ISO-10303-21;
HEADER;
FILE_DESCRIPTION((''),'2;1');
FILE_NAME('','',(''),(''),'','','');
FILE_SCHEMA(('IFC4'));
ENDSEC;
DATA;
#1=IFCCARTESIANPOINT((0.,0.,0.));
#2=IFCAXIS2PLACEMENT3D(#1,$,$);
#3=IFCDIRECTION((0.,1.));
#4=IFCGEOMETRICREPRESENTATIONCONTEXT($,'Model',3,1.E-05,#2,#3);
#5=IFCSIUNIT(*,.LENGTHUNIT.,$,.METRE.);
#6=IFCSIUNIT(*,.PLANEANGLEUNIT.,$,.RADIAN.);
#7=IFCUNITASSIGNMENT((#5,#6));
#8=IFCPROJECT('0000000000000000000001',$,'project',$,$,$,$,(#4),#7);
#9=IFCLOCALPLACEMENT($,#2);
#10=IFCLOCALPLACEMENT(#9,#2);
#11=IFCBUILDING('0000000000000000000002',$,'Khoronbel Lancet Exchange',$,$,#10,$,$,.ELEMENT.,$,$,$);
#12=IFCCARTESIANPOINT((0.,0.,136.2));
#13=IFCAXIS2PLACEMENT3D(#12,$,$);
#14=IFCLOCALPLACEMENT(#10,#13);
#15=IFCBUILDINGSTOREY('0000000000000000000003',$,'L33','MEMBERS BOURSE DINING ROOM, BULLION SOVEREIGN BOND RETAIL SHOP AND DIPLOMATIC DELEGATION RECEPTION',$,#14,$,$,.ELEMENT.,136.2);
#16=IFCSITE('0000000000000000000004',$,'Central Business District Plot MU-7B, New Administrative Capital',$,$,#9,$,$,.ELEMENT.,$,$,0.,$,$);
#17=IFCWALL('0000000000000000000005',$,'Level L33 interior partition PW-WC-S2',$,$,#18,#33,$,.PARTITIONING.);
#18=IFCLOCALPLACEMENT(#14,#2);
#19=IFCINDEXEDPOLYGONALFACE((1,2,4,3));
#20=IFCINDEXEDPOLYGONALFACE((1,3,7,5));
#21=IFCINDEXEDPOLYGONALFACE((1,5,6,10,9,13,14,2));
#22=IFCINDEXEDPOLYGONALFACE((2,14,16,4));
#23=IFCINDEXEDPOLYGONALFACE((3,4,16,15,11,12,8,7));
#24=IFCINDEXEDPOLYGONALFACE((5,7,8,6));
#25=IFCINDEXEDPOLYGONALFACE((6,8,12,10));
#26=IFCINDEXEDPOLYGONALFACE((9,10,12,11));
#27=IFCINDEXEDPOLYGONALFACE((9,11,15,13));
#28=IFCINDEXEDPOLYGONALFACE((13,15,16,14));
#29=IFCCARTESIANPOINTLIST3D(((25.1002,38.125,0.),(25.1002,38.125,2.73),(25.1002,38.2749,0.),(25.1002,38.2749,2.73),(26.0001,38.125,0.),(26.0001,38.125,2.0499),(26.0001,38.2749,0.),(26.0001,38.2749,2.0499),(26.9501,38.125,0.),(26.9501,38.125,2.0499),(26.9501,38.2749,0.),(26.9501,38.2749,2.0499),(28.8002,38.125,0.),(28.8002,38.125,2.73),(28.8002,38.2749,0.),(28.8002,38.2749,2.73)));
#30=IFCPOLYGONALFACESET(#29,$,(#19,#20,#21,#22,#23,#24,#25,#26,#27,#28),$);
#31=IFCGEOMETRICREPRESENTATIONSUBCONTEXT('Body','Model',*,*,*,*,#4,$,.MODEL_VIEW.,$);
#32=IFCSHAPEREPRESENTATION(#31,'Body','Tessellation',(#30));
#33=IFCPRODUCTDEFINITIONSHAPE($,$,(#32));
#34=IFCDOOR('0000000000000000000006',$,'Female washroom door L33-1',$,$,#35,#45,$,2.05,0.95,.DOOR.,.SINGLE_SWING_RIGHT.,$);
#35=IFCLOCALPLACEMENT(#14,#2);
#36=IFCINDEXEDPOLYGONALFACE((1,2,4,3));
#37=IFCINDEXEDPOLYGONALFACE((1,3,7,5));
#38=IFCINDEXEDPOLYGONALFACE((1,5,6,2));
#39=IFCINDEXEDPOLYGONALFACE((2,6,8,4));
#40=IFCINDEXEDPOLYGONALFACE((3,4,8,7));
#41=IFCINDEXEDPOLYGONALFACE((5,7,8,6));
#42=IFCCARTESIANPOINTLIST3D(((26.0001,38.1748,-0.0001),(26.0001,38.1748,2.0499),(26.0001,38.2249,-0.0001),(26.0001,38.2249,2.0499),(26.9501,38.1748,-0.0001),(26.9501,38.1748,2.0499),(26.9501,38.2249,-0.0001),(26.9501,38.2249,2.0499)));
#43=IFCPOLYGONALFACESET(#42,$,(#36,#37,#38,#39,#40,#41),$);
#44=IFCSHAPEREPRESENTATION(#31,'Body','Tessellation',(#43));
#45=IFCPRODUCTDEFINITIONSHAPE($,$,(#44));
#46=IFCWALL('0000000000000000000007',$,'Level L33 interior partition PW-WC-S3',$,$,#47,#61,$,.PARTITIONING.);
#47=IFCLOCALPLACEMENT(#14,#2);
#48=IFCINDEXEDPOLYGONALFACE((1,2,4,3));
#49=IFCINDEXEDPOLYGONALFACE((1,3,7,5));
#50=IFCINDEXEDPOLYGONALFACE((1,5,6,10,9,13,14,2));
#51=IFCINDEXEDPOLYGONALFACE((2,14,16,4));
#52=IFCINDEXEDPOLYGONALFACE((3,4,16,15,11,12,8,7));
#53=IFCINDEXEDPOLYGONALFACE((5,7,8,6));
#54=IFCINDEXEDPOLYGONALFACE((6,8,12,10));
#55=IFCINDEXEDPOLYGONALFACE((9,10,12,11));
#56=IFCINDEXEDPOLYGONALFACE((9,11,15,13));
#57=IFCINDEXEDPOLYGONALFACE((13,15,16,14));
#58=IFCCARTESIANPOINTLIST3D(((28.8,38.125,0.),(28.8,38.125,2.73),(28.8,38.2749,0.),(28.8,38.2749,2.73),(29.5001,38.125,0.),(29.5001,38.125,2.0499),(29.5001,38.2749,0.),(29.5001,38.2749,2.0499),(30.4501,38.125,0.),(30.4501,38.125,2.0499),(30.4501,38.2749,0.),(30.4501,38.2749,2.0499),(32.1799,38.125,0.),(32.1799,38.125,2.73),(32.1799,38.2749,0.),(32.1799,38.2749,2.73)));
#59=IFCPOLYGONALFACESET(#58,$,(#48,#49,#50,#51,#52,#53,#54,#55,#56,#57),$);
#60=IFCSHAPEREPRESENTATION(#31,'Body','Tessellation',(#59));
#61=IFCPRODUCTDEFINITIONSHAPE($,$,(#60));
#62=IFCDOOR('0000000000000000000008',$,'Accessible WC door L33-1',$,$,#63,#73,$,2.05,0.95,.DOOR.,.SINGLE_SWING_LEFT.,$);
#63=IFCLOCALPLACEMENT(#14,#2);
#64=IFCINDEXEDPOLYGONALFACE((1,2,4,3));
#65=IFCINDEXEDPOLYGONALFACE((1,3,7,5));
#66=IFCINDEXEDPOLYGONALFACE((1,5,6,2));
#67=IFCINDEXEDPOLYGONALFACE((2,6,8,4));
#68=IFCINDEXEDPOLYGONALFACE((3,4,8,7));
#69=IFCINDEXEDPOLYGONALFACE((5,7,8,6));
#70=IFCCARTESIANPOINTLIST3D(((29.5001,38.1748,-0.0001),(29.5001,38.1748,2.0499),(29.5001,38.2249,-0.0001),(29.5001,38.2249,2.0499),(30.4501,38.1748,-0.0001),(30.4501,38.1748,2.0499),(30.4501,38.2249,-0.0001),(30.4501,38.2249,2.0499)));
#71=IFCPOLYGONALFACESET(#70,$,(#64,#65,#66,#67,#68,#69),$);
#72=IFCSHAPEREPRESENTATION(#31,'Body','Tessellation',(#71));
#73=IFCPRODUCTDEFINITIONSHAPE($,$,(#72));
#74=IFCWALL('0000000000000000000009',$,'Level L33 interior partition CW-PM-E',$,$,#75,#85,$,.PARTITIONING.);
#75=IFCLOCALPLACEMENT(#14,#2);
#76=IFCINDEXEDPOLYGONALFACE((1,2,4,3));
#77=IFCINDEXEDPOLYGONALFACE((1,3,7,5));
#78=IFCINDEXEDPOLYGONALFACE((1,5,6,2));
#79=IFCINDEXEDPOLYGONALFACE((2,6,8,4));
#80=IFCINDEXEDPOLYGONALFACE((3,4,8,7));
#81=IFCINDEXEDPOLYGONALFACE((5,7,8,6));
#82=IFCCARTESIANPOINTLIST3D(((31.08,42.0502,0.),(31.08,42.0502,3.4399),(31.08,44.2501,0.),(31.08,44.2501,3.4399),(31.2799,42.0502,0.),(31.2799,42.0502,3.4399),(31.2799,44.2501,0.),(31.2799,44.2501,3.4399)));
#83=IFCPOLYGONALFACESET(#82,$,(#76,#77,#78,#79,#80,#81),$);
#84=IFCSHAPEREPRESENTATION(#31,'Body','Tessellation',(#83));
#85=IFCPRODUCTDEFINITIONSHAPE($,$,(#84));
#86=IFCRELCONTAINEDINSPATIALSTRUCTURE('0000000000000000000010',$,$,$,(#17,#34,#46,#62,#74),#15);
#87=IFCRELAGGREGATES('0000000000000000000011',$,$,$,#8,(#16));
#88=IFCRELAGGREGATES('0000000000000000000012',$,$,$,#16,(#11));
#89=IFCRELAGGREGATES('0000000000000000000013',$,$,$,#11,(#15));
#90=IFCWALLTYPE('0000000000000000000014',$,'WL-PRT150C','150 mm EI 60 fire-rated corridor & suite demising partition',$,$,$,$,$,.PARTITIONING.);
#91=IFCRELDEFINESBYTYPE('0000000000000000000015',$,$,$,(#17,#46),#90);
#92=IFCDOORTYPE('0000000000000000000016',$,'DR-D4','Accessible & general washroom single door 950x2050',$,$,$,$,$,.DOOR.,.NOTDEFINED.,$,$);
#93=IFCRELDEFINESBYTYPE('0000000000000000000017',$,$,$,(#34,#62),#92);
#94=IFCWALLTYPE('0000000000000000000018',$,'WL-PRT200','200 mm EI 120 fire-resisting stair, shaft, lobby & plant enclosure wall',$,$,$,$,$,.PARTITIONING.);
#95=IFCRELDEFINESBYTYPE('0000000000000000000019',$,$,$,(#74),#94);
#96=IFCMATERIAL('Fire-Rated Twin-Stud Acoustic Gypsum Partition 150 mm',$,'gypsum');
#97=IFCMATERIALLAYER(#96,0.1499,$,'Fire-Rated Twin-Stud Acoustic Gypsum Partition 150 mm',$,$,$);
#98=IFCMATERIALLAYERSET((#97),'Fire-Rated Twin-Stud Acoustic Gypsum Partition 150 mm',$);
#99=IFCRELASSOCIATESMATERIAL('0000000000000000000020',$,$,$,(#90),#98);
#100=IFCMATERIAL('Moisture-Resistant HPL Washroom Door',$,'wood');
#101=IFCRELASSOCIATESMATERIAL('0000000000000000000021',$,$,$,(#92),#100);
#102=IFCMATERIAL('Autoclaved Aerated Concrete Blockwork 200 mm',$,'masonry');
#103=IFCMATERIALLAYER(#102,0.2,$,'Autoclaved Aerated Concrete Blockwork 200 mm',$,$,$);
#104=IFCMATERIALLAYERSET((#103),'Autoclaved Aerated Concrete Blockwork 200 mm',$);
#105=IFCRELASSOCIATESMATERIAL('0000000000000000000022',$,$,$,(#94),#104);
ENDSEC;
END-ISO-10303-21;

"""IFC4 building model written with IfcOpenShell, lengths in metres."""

from ifc_helpers import new_model, si_unit, direction, frame, frame_2d, origin, place, context, subcontext, project, spatial, rectangle, extrude, material, layer, layer_set, type_object, element, fill, save


model = new_model("IFC4")

# Units and contexts
model_context = context("Model", 3, precision=1e-05, world=origin(), true_north=direction((0.0, 1.0)))
body_context = subcontext(model_context, "Body", "Model", "MODEL_VIEW")
ifc_project = project(units=[si_unit("LENGTHUNIT", "METRE"), si_unit("PLANEANGLEUNIT", "RADIAN")], contexts=[model_context])

# Site, building, storey
site_placement = place(None, origin())
site = spatial("IfcSite", under=ifc_project, at=site_placement, Name="Central Business District Plot MU-7B, New Administrative Capital", CompositionType="ELEMENT", RefElevation=0.0)
building_placement = place(site_placement, origin())
building = spatial("IfcBuilding", under=site, at=building_placement, Name="Khoronbel Lancet Exchange", CompositionType="ELEMENT")
storey_placement = place(building_placement, frame((0.0, 0.0, 136.2)))
storey = spatial("IfcBuildingStorey", under=building, at=storey_placement, Name="L33", Description="MEMBERS BOURSE DINING ROOM, BULLION SOVEREIGN BOND RETAIL SHOP AND DIPLOMATIC DELEGATION RECEPTION", CompositionType="ELEMENT", Elevation=136.2)

# Walls, openings, doors
ifc_material_1 = material(Name="Fire-Rated Twin-Stud Acoustic Gypsum Partition 150 mm", Category="gypsum")
ifc_layer_1 = layer(ifc_material_1, 0.1499, Name="Fire-Rated Twin-Stud Acoustic Gypsum Partition 150 mm")
ifc_layer_set_1 = layer_set([ifc_layer_1], Name="Fire-Rated Twin-Stud Acoustic Gypsum Partition 150 mm")
wall_type_1 = type_object("IfcWallType", Name="WL-PRT150C", Description="150 mm EI 60 fire-rated corridor & suite demising partition", PredefinedType="PARTITIONING", material=ifc_layer_set_1)
wall_1_placement = place(storey_placement, frame((25.1001, 38.2, 0.0), z_axis=(0.0, 0.0, 1.0), x_axis=(1.0, 0.0, 0.0)))
wall_1 = element("IfcWall", 1, at=wall_1_placement, inside=storey, type_object=wall_type_1, Name="Level L33 interior partition PW-WC-S2", PredefinedType="PARTITIONING", context=body_context, shape_type="SweptSolid", body=[
    extrude(rectangle(XDim=3.7, YDim=0.1499, at=frame_2d((1.8501, 0.0))), origin(), (0.0, 0.0, 1.0), 2.73),
])
opening_1_placement = place(wall_1_placement, frame((0.8999, 0.0, 0.0)))
opening_1 = element("IfcOpeningElement", 2, at=opening_1_placement, cuts=wall_1, PredefinedType="OPENING", context=body_context, shape_type="SweptSolid", body=[
    extrude(rectangle(XDim=0.95, YDim=2.05, at=frame_2d((0.4751, 1.0249))), frame((0.0, 0.085, 0.0), z_axis=(0.0, -1.0, 0.0), x_axis=(1.0, 0.0, 0.0)), (0.0, 0.0, 1.0), 0.1699),
])
ifc_material_2 = material(Name="Moisture-Resistant HPL Washroom Door", Category="wood")
door_type = type_object("IfcDoorType", Name="DR-D4", Description="Accessible & general washroom single door 950x2050", OperationType="NOTDEFINED", PredefinedType="DOOR", material=ifc_material_2)
door_1_placement = place(opening_1_placement, origin())
door_1 = element("IfcDoor", 3, at=door_1_placement, inside=storey, type_object=door_type, Name="Female washroom door L33-1", OperationType="SINGLE_SWING_RIGHT", OverallHeight=2.05, OverallWidth=0.95, PredefinedType="DOOR", context=body_context, shape_type="SweptSolid", body=[
    extrude(rectangle(XDim=0.95, YDim=2.05, at=frame_2d((0.4751, 1.0249))), frame((0.0, 0.0249, 0.0), z_axis=(0.0, -1.0, 0.0), x_axis=(1.0, 0.0, 0.0)), (0.0, 0.0, 1.0), 0.05),
])
fill(opening_1, door_1)
wall_2_placement = place(storey_placement, frame((28.8, 38.2, 0.0), z_axis=(0.0, 0.0, 1.0), x_axis=(1.0, 0.0, 0.0)))
wall_2 = element("IfcWall", 4, at=wall_2_placement, inside=storey, type_object=wall_type_1, Name="Level L33 interior partition PW-WC-S3", PredefinedType="PARTITIONING", context=body_context, shape_type="SweptSolid", body=[
    extrude(rectangle(XDim=3.3799, YDim=0.1499, at=frame_2d((1.6899, 0.0))), origin(), (0.0, 0.0, 1.0), 2.73),
])
opening_2_placement = place(wall_2_placement, frame((0.7, 0.0, 0.0)))
opening_2 = element("IfcOpeningElement", 5, at=opening_2_placement, cuts=wall_2, PredefinedType="OPENING", context=body_context, shape_type="SweptSolid", body=[
    extrude(rectangle(XDim=0.95, YDim=2.05, at=frame_2d((0.4751, 1.0249))), frame((0.0, 0.085, 0.0), z_axis=(0.0, -1.0, 0.0), x_axis=(1.0, 0.0, 0.0)), (0.0, 0.0, 1.0), 0.1699),
])
door_2_placement = place(opening_2_placement, origin())
door_2 = element("IfcDoor", 6, at=door_2_placement, inside=storey, type_object=door_type, Name="Accessible WC door L33-1", OperationType="SINGLE_SWING_LEFT", OverallHeight=2.05, OverallWidth=0.95, PredefinedType="DOOR", context=body_context, shape_type="SweptSolid", body=[
    extrude(rectangle(XDim=0.95, YDim=2.05, at=frame_2d((0.4751, 1.0249))), frame((0.0, 0.0249, 0.0), z_axis=(0.0, -1.0, 0.0), x_axis=(1.0, 0.0, 0.0)), (0.0, 0.0, 1.0), 0.05),
])
fill(opening_2, door_2)

# Wall
ifc_material_3 = material(Name="Autoclaved Aerated Concrete Blockwork 200 mm", Category="masonry")
ifc_layer_2 = layer(ifc_material_3, 0.2, Name="Autoclaved Aerated Concrete Blockwork 200 mm")
ifc_layer_set_2 = layer_set([ifc_layer_2], Name="Autoclaved Aerated Concrete Blockwork 200 mm")
wall_type_2 = type_object("IfcWallType", Name="WL-PRT200", Description="200 mm EI 120 fire-resisting stair, shaft, lobby & plant enclosure wall", PredefinedType="PARTITIONING", material=ifc_layer_set_2)
wall_3_placement = place(storey_placement, frame((31.1799, 42.05, 0.0), z_axis=(0.0, 0.0, 1.0), x_axis=(0.0, 1.0, 0.0)))
element("IfcWall", 7, at=wall_3_placement, inside=storey, type_object=wall_type_2, Name="Level L33 interior partition CW-PM-E", PredefinedType="PARTITIONING", context=body_context, shape_type="SweptSolid", body=[
    extrude(rectangle(XDim=2.2, YDim=0.2, at=frame_2d((1.1001, 0.0))), origin(), (0.0, 0.0, 1.0), 3.4399),
])

save(model, "model.ifc")
